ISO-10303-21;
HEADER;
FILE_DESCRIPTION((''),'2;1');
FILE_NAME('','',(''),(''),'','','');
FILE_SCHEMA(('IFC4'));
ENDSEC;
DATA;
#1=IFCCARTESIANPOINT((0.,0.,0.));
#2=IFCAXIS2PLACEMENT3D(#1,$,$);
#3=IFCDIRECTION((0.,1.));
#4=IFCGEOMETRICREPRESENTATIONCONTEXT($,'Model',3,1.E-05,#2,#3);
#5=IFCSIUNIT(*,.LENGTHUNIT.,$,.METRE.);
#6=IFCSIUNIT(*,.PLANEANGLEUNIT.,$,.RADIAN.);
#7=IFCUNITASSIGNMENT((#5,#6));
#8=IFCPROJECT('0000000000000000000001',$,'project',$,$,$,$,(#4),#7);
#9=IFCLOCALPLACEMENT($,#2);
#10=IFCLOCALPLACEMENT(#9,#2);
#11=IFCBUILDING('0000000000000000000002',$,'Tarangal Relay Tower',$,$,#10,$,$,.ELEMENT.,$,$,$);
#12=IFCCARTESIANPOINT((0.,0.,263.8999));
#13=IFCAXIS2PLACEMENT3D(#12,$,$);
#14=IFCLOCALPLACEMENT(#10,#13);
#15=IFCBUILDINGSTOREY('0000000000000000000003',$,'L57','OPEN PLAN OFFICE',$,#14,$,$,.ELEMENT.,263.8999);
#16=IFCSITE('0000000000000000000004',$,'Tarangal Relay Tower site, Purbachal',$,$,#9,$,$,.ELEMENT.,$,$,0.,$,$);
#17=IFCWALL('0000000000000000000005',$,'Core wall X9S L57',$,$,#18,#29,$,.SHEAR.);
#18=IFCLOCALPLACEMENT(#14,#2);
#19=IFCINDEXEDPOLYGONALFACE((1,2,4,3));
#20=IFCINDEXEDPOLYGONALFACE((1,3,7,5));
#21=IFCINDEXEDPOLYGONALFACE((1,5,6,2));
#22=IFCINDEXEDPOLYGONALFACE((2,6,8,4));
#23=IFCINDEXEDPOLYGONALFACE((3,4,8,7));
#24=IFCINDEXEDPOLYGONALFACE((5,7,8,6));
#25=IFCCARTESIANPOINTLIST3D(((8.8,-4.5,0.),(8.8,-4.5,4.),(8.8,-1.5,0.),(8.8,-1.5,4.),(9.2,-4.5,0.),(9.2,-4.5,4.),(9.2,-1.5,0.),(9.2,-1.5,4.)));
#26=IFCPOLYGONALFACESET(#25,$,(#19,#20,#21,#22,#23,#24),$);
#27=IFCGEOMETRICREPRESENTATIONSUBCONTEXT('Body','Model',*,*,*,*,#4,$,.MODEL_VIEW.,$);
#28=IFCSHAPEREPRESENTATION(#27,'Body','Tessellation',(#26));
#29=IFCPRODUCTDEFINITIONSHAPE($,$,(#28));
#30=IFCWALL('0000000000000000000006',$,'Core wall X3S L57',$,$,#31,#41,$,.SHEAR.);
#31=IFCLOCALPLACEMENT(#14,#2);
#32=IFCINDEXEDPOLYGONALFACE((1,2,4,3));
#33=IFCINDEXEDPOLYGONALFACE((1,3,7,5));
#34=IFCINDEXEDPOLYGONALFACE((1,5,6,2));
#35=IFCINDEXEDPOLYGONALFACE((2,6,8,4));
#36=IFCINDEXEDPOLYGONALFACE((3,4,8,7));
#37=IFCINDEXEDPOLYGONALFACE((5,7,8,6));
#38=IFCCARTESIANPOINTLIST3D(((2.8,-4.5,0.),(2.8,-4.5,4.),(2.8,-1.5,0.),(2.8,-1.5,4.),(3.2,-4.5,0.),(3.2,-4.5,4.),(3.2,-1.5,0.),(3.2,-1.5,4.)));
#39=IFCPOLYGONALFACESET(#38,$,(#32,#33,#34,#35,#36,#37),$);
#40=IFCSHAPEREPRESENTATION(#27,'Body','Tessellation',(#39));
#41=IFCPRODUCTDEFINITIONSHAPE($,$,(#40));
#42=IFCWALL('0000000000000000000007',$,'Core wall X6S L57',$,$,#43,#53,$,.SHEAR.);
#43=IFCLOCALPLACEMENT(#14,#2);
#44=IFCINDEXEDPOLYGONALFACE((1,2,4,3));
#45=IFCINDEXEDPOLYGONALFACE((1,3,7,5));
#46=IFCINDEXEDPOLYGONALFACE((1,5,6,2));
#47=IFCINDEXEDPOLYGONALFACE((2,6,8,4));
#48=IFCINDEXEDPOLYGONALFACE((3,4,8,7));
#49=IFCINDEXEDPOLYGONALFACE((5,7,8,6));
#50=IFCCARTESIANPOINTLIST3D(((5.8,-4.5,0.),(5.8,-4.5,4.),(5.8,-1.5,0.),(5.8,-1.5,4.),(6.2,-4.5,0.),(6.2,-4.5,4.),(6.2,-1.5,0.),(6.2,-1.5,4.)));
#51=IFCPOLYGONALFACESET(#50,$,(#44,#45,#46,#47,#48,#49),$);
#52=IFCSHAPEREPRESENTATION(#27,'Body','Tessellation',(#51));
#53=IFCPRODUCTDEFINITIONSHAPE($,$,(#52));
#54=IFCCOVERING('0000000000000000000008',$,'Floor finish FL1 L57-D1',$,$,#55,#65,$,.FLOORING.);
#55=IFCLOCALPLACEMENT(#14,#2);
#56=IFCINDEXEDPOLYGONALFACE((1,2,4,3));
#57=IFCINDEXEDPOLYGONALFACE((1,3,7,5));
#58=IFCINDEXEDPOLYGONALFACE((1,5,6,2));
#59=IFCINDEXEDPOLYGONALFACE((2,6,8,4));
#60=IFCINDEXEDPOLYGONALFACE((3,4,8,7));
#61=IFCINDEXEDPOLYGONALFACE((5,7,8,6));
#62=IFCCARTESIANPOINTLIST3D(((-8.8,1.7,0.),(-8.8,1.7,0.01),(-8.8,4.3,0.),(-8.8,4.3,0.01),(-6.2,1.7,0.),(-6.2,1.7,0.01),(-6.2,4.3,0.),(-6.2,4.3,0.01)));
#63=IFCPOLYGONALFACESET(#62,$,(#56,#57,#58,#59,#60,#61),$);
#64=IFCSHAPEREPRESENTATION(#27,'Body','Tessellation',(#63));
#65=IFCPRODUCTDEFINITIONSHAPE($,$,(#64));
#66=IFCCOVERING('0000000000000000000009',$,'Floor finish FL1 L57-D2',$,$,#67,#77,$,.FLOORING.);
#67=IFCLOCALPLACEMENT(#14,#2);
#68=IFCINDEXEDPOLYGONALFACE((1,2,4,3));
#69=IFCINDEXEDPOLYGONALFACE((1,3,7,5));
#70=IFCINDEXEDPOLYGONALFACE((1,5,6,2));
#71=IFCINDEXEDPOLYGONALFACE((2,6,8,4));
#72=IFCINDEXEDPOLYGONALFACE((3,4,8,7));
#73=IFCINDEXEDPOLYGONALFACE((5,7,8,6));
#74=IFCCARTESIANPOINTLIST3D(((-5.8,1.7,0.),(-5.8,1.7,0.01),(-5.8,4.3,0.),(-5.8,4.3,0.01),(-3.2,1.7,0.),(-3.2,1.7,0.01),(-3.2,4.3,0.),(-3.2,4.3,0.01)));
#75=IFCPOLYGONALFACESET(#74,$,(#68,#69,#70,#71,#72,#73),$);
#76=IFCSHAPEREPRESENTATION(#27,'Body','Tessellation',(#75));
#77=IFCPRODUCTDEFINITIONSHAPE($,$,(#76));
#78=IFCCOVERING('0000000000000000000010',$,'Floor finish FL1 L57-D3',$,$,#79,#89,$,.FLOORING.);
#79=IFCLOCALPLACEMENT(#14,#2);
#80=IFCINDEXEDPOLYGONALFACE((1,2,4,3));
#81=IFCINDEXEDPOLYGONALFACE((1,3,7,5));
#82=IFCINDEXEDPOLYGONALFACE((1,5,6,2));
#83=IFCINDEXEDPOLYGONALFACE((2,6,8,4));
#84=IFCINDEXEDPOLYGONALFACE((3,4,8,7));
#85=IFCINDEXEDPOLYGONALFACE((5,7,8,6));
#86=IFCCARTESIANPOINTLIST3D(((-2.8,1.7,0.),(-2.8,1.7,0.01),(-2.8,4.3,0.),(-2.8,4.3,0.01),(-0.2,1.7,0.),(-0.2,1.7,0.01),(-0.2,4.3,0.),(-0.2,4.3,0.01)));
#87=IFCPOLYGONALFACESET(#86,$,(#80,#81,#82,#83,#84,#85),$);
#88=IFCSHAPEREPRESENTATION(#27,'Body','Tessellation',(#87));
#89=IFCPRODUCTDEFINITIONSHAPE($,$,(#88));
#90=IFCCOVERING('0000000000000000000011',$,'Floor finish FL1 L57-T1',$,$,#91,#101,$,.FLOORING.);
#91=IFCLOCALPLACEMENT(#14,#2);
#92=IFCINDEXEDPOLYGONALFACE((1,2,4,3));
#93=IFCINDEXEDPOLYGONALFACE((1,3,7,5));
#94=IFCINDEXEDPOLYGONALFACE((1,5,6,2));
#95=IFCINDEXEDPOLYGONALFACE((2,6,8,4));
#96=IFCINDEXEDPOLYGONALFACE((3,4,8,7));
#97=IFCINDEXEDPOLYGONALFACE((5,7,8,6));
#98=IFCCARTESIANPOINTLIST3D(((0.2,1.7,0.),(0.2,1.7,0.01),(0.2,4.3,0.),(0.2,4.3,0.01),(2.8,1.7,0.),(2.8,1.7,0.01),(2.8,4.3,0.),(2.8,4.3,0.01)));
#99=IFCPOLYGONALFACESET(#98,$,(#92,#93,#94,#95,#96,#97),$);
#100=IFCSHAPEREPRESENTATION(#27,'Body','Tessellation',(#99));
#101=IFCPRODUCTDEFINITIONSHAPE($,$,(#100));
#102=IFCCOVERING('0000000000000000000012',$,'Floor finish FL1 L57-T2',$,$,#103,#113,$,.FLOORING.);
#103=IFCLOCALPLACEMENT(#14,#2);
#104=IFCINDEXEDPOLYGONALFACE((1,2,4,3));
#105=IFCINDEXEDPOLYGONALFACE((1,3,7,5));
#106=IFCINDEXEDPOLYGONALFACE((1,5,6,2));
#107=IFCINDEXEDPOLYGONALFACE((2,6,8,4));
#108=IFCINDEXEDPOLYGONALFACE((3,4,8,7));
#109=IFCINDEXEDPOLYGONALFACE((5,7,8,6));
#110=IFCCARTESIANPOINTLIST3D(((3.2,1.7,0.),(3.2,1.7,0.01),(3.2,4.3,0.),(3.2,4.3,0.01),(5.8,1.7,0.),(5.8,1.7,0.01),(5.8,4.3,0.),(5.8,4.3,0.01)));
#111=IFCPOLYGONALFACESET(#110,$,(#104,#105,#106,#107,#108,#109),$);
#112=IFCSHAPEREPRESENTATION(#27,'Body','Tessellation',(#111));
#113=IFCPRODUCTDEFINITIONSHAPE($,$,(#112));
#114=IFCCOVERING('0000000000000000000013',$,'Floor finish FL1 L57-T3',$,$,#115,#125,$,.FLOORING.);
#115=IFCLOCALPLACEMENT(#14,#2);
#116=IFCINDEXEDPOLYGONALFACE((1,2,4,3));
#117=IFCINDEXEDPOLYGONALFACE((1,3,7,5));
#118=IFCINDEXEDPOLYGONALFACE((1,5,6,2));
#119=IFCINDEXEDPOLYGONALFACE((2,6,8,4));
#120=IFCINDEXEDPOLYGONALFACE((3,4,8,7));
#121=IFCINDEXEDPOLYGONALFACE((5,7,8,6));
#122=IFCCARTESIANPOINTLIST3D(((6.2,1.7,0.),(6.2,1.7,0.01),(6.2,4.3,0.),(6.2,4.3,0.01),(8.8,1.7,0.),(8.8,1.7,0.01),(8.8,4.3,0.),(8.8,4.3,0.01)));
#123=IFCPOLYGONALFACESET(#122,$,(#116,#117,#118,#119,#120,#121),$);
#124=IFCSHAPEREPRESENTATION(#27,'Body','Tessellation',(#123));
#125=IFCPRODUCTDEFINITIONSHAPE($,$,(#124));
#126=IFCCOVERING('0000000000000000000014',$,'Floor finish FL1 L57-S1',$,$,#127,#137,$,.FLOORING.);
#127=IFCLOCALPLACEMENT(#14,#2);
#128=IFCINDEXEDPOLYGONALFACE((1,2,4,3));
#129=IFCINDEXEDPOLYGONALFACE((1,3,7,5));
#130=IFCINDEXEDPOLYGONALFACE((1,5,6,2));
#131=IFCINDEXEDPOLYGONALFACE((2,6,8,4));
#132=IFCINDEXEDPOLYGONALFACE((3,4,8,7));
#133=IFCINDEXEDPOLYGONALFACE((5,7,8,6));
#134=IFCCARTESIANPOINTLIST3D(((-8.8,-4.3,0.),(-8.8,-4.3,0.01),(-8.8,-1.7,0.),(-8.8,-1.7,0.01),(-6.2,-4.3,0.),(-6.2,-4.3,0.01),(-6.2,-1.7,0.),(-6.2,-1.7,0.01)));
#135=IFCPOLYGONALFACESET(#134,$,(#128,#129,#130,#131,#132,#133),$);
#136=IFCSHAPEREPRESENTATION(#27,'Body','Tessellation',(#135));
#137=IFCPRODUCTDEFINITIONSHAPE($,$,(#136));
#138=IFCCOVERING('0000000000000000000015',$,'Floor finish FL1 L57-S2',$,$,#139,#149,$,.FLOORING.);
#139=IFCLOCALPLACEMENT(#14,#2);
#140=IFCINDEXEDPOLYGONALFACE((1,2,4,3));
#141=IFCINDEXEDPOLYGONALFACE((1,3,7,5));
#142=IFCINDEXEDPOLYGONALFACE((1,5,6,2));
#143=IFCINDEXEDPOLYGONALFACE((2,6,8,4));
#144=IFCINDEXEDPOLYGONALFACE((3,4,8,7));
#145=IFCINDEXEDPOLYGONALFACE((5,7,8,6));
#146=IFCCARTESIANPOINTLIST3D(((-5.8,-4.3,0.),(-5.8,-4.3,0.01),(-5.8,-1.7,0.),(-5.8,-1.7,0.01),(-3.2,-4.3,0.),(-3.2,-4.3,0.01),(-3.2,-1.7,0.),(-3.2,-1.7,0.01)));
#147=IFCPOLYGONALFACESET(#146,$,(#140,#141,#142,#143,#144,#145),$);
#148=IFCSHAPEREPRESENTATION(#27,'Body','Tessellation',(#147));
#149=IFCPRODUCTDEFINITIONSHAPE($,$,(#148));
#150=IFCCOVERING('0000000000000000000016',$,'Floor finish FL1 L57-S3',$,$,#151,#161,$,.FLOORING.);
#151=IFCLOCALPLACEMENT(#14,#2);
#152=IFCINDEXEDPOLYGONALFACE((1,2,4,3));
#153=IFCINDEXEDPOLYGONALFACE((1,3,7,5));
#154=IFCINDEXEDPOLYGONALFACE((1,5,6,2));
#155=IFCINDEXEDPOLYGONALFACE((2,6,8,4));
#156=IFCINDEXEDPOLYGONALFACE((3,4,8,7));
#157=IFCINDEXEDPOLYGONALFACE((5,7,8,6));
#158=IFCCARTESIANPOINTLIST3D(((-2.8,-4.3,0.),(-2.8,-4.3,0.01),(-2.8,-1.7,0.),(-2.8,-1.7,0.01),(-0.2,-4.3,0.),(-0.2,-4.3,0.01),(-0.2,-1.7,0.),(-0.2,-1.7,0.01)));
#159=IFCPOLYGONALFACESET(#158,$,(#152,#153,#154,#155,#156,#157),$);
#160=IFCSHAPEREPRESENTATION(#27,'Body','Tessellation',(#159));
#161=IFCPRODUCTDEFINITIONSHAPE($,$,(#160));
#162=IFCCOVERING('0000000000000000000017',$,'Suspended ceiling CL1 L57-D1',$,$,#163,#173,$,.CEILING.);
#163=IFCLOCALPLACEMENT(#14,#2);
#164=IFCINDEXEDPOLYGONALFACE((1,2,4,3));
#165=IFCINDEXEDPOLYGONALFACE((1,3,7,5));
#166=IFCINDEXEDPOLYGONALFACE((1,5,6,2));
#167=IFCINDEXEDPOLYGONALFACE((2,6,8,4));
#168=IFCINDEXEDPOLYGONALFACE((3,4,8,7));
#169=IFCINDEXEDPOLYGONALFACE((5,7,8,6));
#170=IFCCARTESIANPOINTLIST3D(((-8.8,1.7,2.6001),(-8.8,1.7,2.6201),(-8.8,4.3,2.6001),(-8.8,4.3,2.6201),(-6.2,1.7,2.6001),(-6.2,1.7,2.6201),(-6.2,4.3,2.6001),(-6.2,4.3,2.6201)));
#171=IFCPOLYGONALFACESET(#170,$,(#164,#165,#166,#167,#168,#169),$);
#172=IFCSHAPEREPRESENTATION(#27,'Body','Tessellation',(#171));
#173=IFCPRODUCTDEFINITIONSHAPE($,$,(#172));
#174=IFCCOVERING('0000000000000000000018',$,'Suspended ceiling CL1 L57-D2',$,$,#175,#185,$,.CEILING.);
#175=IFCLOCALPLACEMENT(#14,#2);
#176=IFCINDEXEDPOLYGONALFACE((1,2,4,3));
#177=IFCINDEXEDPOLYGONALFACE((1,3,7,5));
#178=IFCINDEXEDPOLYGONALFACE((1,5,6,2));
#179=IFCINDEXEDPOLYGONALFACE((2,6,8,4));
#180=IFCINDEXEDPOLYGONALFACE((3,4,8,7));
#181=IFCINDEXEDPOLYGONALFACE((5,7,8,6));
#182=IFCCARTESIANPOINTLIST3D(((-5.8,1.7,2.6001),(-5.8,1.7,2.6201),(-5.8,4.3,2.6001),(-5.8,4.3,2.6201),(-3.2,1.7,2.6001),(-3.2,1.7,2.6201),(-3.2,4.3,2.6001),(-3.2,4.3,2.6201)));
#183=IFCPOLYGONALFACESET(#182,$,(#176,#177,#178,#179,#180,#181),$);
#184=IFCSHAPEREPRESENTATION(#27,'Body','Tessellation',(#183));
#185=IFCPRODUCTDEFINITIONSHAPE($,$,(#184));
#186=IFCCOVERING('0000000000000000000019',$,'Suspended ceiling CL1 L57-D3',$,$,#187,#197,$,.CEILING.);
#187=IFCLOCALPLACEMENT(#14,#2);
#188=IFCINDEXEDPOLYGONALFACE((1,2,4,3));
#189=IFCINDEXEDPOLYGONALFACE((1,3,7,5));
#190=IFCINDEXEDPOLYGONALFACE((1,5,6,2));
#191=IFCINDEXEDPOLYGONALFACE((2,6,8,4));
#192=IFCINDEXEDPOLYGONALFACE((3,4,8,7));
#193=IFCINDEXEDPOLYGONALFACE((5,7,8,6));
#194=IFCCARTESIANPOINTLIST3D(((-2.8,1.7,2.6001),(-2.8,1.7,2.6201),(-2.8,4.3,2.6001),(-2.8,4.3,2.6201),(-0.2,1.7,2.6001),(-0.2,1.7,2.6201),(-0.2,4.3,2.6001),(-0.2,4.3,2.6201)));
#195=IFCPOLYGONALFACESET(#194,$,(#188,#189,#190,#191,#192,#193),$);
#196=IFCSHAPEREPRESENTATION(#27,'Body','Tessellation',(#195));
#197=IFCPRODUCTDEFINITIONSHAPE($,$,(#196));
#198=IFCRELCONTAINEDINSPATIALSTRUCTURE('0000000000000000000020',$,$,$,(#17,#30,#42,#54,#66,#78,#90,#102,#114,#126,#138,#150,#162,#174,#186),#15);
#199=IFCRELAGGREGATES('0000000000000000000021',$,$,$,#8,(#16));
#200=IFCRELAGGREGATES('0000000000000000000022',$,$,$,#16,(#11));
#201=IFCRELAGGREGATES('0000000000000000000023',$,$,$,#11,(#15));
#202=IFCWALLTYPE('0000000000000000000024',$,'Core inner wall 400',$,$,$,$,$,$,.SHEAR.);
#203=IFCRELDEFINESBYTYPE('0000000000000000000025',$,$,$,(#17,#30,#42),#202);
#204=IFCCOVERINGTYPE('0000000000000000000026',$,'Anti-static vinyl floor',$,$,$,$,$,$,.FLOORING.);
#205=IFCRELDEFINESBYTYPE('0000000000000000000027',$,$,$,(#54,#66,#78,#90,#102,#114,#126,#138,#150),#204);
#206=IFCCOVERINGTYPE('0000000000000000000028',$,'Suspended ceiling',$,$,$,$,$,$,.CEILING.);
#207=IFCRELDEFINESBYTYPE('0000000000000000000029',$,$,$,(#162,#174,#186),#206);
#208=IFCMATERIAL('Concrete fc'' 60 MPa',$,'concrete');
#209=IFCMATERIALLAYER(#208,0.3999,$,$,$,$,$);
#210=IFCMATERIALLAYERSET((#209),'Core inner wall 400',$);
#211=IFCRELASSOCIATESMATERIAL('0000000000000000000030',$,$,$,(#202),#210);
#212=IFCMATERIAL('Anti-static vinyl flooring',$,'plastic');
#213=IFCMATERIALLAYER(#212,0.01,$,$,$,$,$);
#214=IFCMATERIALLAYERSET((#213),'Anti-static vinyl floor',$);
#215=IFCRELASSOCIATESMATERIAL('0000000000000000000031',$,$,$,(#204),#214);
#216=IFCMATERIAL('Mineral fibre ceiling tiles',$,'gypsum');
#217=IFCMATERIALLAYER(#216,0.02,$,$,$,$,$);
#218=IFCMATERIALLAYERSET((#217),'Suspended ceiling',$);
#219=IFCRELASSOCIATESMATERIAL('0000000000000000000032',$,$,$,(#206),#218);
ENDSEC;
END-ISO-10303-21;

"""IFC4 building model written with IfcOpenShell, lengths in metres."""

from ifc_helpers import new_model, si_unit, direction, frame, frame_2d, origin, place, context, subcontext, project, spatial, polyline, rectangle, outline, extrude, material, layer, layer_set, type_object, element, save


model = new_model("IFC4")

# Units and contexts
model_context = context("Model", 3, precision=1e-05, world=origin(), true_north=direction((0.0, 1.0)))
body_context = subcontext(model_context, "Body", "Model", "MODEL_VIEW")
ifc_project = project(units=[si_unit("LENGTHUNIT", "METRE"), si_unit("PLANEANGLEUNIT", "RADIAN")], contexts=[model_context])

# Site, building, storey
site_placement = place(None, origin())
site = spatial("IfcSite", under=ifc_project, at=site_placement, Name="Tarangal Relay Tower site, Purbachal", CompositionType="ELEMENT", RefElevation=0.0)
building_placement = place(site_placement, origin())
building = spatial("IfcBuilding", under=site, at=building_placement, Name="Tarangal Relay Tower", CompositionType="ELEMENT")
storey_placement = place(building_placement, frame((0.0, 0.0, 263.8999)))
storey = spatial("IfcBuildingStorey", under=building, at=storey_placement, Name="L57", Description="OPEN PLAN OFFICE", CompositionType="ELEMENT", Elevation=263.8999)

# Walls
ifc_material_1 = material(Name="Concrete fc' 60 MPa", Category="concrete")
ifc_layer_1 = layer(ifc_material_1, 0.3999)
ifc_layer_set_1 = layer_set([ifc_layer_1], Name="Core inner wall 400")
wall_type = type_object("IfcWallType", Name="Core inner wall 400", PredefinedType="SHEAR", material=ifc_layer_set_1)
for number, where, z_axis, x_axis, name in (
    (1, (9.0, -4.5, 0.0), (0.0, 0.0, 1.0), (0.0, 1.0, 0.0), "Core wall X9S L57"),
    (2, (3.0, -4.5, 0.0), (0.0, 0.0, 1.0), (0.0, 1.0, 0.0), "Core wall X3S L57"),
    (3, (6.0, -4.5, 0.0), (0.0, 0.0, 1.0), (0.0, 1.0, 0.0), "Core wall X6S L57"),
):
    element("IfcWall", number, at=place(storey_placement, frame(where, z_axis=z_axis, x_axis=x_axis)), inside=storey, type_object=wall_type, Name=name, PredefinedType="SHEAR", context=body_context, shape_type="SweptSolid", body=[
        extrude(rectangle(XDim=3.0, YDim=0.3999, at=frame_2d((1.5, 0.0))), origin(), (0.0, 0.0, 1.0), 4.0),
    ])

# Coverings
ifc_material_2 = material(Name="Anti-static vinyl flooring", Category="plastic")
ifc_layer_2 = layer(ifc_material_2, 0.01)
ifc_layer_set_2 = layer_set([ifc_layer_2], Name="Anti-static vinyl floor")
covering_type_1 = type_object("IfcCoveringType", Name="Anti-static vinyl floor", PredefinedType="FLOORING", material=ifc_layer_set_2)
covering_1_placement = place(storey_placement, origin())
element("IfcCovering", 4, at=covering_1_placement, inside=storey, type_object=covering_type_1, Name="Floor finish FL1 L57-D1", PredefinedType="FLOORING", context=body_context, shape_type="SweptSolid", body=[
    extrude(outline(polyline([(-8.8, 1.7), (-6.2, 1.7), (-6.2, 4.3), (-8.8, 4.3), (-8.8, 1.7)])), origin(), (0.0, 0.0, 1.0), 0.01),
])
covering_2_placement = place(storey_placement, origin())
element("IfcCovering", 5, at=covering_2_placement, inside=storey, type_object=covering_type_1, Name="Floor finish FL1 L57-D2", PredefinedType="FLOORING", context=body_context, shape_type="SweptSolid", body=[
    extrude(outline(polyline([(-5.8, 1.7), (-3.2, 1.7), (-3.2, 4.3), (-5.8, 4.3), (-5.8, 1.7)])), origin(), (0.0, 0.0, 1.0), 0.01),
])
covering_3_placement = place(storey_placement, origin())
element("IfcCovering", 6, at=covering_3_placement, inside=storey, type_object=covering_type_1, Name="Floor finish FL1 L57-D3", PredefinedType="FLOORING", context=body_context, shape_type="SweptSolid", body=[
    extrude(outline(polyline([(-2.8, 1.7), (-0.2, 1.7), (-0.2, 4.3), (-2.8, 4.3), (-2.8, 1.7)])), origin(), (0.0, 0.0, 1.0), 0.01),
])
covering_4_placement = place(storey_placement, origin())
element("IfcCovering", 7, at=covering_4_placement, inside=storey, type_object=covering_type_1, Name="Floor finish FL1 L57-T1", PredefinedType="FLOORING", context=body_context, shape_type="SweptSolid", body=[
    extrude(outline(polyline([(0.2, 1.7), (2.8, 1.7), (2.8, 4.3), (0.2, 4.3), (0.2, 1.7)])), origin(), (0.0, 0.0, 1.0), 0.01),
])
covering_5_placement = place(storey_placement, origin())
element("IfcCovering", 8, at=covering_5_placement, inside=storey, type_object=covering_type_1, Name="Floor finish FL1 L57-T2", PredefinedType="FLOORING", context=body_context, shape_type="SweptSolid", body=[
    extrude(outline(polyline([(3.2, 1.7), (5.8, 1.7), (5.8, 4.3), (3.2, 4.3), (3.2, 1.7)])), origin(), (0.0, 0.0, 1.0), 0.01),
])
covering_6_placement = place(storey_placement, origin())
element("IfcCovering", 9, at=covering_6_placement, inside=storey, type_object=covering_type_1, Name="Floor finish FL1 L57-T3", PredefinedType="FLOORING", context=body_context, shape_type="SweptSolid", body=[
    extrude(outline(polyline([(6.2, 1.7), (8.8, 1.7), (8.8, 4.3), (6.2, 4.3), (6.2, 1.7)])), origin(), (0.0, 0.0, 1.0), 0.01),
])
covering_7_placement = place(storey_placement, origin())
element("IfcCovering", 10, at=covering_7_placement, inside=storey, type_object=covering_type_1, Name="Floor finish FL1 L57-S1", PredefinedType="FLOORING", context=body_context, shape_type="SweptSolid", body=[
    extrude(outline(polyline([(-8.8, -4.3), (-6.2, -4.3), (-6.2, -1.7), (-8.8, -1.7), (-8.8, -4.3)])), origin(), (0.0, 0.0, 1.0), 0.01),
])
covering_8_placement = place(storey_placement, origin())
element("IfcCovering", 11, at=covering_8_placement, inside=storey, type_object=covering_type_1, Name="Floor finish FL1 L57-S2", PredefinedType="FLOORING", context=body_context, shape_type="SweptSolid", body=[
    extrude(outline(polyline([(-5.8, -4.3), (-3.2, -4.3), (-3.2, -1.7), (-5.8, -1.7), (-5.8, -4.3)])), origin(), (0.0, 0.0, 1.0), 0.01),
])
covering_9_placement = place(storey_placement, origin())
element("IfcCovering", 12, at=covering_9_placement, inside=storey, type_object=covering_type_1, Name="Floor finish FL1 L57-S3", PredefinedType="FLOORING", context=body_context, shape_type="SweptSolid", body=[
    extrude(outline(polyline([(-2.8, -4.3), (-0.2, -4.3), (-0.2, -1.7), (-2.8, -1.7), (-2.8, -4.3)])), origin(), (0.0, 0.0, 1.0), 0.01),
])
ifc_material_3 = material(Name="Mineral fibre ceiling tiles", Category="gypsum")
ifc_layer_3 = layer(ifc_material_3, 0.02)
ifc_layer_set_3 = layer_set([ifc_layer_3], Name="Suspended ceiling")
covering_type_2 = type_object("IfcCoveringType", Name="Suspended ceiling", PredefinedType="CEILING", material=ifc_layer_set_3)
covering_10_placement = place(storey_placement, frame((0.0, 0.0, 2.6001)))
element("IfcCovering", 13, at=covering_10_placement, inside=storey, type_object=covering_type_2, Name="Suspended ceiling CL1 L57-D1", PredefinedType="CEILING", context=body_context, shape_type="SweptSolid", body=[
    extrude(outline(polyline([(-8.8, 1.7), (-6.2, 1.7), (-6.2, 4.3), (-8.8, 4.3), (-8.8, 1.7)])), origin(), (0.0, 0.0, 1.0), 0.02),
])
covering_11_placement = place(storey_placement, frame((0.0, 0.0, 2.6001)))
element("IfcCovering", 14, at=covering_11_placement, inside=storey, type_object=covering_type_2, Name="Suspended ceiling CL1 L57-D2", PredefinedType="CEILING", context=body_context, shape_type="SweptSolid", body=[
    extrude(outline(polyline([(-5.8, 1.7), (-3.2, 1.7), (-3.2, 4.3), (-5.8, 4.3), (-5.8, 1.7)])), origin(), (0.0, 0.0, 1.0), 0.02),
])
covering_12_placement = place(storey_placement, frame((0.0, 0.0, 2.6001)))
element("IfcCovering", 15, at=covering_12_placement, inside=storey, type_object=covering_type_2, Name="Suspended ceiling CL1 L57-D3", PredefinedType="CEILING", context=body_context, shape_type="SweptSolid", body=[
    extrude(outline(polyline([(-2.8, 1.7), (-0.2, 1.7), (-0.2, 4.3), (-2.8, 4.3), (-2.8, 1.7)])), origin(), (0.0, 0.0, 1.0), 0.02),
])

save(model, "model.ifc")
